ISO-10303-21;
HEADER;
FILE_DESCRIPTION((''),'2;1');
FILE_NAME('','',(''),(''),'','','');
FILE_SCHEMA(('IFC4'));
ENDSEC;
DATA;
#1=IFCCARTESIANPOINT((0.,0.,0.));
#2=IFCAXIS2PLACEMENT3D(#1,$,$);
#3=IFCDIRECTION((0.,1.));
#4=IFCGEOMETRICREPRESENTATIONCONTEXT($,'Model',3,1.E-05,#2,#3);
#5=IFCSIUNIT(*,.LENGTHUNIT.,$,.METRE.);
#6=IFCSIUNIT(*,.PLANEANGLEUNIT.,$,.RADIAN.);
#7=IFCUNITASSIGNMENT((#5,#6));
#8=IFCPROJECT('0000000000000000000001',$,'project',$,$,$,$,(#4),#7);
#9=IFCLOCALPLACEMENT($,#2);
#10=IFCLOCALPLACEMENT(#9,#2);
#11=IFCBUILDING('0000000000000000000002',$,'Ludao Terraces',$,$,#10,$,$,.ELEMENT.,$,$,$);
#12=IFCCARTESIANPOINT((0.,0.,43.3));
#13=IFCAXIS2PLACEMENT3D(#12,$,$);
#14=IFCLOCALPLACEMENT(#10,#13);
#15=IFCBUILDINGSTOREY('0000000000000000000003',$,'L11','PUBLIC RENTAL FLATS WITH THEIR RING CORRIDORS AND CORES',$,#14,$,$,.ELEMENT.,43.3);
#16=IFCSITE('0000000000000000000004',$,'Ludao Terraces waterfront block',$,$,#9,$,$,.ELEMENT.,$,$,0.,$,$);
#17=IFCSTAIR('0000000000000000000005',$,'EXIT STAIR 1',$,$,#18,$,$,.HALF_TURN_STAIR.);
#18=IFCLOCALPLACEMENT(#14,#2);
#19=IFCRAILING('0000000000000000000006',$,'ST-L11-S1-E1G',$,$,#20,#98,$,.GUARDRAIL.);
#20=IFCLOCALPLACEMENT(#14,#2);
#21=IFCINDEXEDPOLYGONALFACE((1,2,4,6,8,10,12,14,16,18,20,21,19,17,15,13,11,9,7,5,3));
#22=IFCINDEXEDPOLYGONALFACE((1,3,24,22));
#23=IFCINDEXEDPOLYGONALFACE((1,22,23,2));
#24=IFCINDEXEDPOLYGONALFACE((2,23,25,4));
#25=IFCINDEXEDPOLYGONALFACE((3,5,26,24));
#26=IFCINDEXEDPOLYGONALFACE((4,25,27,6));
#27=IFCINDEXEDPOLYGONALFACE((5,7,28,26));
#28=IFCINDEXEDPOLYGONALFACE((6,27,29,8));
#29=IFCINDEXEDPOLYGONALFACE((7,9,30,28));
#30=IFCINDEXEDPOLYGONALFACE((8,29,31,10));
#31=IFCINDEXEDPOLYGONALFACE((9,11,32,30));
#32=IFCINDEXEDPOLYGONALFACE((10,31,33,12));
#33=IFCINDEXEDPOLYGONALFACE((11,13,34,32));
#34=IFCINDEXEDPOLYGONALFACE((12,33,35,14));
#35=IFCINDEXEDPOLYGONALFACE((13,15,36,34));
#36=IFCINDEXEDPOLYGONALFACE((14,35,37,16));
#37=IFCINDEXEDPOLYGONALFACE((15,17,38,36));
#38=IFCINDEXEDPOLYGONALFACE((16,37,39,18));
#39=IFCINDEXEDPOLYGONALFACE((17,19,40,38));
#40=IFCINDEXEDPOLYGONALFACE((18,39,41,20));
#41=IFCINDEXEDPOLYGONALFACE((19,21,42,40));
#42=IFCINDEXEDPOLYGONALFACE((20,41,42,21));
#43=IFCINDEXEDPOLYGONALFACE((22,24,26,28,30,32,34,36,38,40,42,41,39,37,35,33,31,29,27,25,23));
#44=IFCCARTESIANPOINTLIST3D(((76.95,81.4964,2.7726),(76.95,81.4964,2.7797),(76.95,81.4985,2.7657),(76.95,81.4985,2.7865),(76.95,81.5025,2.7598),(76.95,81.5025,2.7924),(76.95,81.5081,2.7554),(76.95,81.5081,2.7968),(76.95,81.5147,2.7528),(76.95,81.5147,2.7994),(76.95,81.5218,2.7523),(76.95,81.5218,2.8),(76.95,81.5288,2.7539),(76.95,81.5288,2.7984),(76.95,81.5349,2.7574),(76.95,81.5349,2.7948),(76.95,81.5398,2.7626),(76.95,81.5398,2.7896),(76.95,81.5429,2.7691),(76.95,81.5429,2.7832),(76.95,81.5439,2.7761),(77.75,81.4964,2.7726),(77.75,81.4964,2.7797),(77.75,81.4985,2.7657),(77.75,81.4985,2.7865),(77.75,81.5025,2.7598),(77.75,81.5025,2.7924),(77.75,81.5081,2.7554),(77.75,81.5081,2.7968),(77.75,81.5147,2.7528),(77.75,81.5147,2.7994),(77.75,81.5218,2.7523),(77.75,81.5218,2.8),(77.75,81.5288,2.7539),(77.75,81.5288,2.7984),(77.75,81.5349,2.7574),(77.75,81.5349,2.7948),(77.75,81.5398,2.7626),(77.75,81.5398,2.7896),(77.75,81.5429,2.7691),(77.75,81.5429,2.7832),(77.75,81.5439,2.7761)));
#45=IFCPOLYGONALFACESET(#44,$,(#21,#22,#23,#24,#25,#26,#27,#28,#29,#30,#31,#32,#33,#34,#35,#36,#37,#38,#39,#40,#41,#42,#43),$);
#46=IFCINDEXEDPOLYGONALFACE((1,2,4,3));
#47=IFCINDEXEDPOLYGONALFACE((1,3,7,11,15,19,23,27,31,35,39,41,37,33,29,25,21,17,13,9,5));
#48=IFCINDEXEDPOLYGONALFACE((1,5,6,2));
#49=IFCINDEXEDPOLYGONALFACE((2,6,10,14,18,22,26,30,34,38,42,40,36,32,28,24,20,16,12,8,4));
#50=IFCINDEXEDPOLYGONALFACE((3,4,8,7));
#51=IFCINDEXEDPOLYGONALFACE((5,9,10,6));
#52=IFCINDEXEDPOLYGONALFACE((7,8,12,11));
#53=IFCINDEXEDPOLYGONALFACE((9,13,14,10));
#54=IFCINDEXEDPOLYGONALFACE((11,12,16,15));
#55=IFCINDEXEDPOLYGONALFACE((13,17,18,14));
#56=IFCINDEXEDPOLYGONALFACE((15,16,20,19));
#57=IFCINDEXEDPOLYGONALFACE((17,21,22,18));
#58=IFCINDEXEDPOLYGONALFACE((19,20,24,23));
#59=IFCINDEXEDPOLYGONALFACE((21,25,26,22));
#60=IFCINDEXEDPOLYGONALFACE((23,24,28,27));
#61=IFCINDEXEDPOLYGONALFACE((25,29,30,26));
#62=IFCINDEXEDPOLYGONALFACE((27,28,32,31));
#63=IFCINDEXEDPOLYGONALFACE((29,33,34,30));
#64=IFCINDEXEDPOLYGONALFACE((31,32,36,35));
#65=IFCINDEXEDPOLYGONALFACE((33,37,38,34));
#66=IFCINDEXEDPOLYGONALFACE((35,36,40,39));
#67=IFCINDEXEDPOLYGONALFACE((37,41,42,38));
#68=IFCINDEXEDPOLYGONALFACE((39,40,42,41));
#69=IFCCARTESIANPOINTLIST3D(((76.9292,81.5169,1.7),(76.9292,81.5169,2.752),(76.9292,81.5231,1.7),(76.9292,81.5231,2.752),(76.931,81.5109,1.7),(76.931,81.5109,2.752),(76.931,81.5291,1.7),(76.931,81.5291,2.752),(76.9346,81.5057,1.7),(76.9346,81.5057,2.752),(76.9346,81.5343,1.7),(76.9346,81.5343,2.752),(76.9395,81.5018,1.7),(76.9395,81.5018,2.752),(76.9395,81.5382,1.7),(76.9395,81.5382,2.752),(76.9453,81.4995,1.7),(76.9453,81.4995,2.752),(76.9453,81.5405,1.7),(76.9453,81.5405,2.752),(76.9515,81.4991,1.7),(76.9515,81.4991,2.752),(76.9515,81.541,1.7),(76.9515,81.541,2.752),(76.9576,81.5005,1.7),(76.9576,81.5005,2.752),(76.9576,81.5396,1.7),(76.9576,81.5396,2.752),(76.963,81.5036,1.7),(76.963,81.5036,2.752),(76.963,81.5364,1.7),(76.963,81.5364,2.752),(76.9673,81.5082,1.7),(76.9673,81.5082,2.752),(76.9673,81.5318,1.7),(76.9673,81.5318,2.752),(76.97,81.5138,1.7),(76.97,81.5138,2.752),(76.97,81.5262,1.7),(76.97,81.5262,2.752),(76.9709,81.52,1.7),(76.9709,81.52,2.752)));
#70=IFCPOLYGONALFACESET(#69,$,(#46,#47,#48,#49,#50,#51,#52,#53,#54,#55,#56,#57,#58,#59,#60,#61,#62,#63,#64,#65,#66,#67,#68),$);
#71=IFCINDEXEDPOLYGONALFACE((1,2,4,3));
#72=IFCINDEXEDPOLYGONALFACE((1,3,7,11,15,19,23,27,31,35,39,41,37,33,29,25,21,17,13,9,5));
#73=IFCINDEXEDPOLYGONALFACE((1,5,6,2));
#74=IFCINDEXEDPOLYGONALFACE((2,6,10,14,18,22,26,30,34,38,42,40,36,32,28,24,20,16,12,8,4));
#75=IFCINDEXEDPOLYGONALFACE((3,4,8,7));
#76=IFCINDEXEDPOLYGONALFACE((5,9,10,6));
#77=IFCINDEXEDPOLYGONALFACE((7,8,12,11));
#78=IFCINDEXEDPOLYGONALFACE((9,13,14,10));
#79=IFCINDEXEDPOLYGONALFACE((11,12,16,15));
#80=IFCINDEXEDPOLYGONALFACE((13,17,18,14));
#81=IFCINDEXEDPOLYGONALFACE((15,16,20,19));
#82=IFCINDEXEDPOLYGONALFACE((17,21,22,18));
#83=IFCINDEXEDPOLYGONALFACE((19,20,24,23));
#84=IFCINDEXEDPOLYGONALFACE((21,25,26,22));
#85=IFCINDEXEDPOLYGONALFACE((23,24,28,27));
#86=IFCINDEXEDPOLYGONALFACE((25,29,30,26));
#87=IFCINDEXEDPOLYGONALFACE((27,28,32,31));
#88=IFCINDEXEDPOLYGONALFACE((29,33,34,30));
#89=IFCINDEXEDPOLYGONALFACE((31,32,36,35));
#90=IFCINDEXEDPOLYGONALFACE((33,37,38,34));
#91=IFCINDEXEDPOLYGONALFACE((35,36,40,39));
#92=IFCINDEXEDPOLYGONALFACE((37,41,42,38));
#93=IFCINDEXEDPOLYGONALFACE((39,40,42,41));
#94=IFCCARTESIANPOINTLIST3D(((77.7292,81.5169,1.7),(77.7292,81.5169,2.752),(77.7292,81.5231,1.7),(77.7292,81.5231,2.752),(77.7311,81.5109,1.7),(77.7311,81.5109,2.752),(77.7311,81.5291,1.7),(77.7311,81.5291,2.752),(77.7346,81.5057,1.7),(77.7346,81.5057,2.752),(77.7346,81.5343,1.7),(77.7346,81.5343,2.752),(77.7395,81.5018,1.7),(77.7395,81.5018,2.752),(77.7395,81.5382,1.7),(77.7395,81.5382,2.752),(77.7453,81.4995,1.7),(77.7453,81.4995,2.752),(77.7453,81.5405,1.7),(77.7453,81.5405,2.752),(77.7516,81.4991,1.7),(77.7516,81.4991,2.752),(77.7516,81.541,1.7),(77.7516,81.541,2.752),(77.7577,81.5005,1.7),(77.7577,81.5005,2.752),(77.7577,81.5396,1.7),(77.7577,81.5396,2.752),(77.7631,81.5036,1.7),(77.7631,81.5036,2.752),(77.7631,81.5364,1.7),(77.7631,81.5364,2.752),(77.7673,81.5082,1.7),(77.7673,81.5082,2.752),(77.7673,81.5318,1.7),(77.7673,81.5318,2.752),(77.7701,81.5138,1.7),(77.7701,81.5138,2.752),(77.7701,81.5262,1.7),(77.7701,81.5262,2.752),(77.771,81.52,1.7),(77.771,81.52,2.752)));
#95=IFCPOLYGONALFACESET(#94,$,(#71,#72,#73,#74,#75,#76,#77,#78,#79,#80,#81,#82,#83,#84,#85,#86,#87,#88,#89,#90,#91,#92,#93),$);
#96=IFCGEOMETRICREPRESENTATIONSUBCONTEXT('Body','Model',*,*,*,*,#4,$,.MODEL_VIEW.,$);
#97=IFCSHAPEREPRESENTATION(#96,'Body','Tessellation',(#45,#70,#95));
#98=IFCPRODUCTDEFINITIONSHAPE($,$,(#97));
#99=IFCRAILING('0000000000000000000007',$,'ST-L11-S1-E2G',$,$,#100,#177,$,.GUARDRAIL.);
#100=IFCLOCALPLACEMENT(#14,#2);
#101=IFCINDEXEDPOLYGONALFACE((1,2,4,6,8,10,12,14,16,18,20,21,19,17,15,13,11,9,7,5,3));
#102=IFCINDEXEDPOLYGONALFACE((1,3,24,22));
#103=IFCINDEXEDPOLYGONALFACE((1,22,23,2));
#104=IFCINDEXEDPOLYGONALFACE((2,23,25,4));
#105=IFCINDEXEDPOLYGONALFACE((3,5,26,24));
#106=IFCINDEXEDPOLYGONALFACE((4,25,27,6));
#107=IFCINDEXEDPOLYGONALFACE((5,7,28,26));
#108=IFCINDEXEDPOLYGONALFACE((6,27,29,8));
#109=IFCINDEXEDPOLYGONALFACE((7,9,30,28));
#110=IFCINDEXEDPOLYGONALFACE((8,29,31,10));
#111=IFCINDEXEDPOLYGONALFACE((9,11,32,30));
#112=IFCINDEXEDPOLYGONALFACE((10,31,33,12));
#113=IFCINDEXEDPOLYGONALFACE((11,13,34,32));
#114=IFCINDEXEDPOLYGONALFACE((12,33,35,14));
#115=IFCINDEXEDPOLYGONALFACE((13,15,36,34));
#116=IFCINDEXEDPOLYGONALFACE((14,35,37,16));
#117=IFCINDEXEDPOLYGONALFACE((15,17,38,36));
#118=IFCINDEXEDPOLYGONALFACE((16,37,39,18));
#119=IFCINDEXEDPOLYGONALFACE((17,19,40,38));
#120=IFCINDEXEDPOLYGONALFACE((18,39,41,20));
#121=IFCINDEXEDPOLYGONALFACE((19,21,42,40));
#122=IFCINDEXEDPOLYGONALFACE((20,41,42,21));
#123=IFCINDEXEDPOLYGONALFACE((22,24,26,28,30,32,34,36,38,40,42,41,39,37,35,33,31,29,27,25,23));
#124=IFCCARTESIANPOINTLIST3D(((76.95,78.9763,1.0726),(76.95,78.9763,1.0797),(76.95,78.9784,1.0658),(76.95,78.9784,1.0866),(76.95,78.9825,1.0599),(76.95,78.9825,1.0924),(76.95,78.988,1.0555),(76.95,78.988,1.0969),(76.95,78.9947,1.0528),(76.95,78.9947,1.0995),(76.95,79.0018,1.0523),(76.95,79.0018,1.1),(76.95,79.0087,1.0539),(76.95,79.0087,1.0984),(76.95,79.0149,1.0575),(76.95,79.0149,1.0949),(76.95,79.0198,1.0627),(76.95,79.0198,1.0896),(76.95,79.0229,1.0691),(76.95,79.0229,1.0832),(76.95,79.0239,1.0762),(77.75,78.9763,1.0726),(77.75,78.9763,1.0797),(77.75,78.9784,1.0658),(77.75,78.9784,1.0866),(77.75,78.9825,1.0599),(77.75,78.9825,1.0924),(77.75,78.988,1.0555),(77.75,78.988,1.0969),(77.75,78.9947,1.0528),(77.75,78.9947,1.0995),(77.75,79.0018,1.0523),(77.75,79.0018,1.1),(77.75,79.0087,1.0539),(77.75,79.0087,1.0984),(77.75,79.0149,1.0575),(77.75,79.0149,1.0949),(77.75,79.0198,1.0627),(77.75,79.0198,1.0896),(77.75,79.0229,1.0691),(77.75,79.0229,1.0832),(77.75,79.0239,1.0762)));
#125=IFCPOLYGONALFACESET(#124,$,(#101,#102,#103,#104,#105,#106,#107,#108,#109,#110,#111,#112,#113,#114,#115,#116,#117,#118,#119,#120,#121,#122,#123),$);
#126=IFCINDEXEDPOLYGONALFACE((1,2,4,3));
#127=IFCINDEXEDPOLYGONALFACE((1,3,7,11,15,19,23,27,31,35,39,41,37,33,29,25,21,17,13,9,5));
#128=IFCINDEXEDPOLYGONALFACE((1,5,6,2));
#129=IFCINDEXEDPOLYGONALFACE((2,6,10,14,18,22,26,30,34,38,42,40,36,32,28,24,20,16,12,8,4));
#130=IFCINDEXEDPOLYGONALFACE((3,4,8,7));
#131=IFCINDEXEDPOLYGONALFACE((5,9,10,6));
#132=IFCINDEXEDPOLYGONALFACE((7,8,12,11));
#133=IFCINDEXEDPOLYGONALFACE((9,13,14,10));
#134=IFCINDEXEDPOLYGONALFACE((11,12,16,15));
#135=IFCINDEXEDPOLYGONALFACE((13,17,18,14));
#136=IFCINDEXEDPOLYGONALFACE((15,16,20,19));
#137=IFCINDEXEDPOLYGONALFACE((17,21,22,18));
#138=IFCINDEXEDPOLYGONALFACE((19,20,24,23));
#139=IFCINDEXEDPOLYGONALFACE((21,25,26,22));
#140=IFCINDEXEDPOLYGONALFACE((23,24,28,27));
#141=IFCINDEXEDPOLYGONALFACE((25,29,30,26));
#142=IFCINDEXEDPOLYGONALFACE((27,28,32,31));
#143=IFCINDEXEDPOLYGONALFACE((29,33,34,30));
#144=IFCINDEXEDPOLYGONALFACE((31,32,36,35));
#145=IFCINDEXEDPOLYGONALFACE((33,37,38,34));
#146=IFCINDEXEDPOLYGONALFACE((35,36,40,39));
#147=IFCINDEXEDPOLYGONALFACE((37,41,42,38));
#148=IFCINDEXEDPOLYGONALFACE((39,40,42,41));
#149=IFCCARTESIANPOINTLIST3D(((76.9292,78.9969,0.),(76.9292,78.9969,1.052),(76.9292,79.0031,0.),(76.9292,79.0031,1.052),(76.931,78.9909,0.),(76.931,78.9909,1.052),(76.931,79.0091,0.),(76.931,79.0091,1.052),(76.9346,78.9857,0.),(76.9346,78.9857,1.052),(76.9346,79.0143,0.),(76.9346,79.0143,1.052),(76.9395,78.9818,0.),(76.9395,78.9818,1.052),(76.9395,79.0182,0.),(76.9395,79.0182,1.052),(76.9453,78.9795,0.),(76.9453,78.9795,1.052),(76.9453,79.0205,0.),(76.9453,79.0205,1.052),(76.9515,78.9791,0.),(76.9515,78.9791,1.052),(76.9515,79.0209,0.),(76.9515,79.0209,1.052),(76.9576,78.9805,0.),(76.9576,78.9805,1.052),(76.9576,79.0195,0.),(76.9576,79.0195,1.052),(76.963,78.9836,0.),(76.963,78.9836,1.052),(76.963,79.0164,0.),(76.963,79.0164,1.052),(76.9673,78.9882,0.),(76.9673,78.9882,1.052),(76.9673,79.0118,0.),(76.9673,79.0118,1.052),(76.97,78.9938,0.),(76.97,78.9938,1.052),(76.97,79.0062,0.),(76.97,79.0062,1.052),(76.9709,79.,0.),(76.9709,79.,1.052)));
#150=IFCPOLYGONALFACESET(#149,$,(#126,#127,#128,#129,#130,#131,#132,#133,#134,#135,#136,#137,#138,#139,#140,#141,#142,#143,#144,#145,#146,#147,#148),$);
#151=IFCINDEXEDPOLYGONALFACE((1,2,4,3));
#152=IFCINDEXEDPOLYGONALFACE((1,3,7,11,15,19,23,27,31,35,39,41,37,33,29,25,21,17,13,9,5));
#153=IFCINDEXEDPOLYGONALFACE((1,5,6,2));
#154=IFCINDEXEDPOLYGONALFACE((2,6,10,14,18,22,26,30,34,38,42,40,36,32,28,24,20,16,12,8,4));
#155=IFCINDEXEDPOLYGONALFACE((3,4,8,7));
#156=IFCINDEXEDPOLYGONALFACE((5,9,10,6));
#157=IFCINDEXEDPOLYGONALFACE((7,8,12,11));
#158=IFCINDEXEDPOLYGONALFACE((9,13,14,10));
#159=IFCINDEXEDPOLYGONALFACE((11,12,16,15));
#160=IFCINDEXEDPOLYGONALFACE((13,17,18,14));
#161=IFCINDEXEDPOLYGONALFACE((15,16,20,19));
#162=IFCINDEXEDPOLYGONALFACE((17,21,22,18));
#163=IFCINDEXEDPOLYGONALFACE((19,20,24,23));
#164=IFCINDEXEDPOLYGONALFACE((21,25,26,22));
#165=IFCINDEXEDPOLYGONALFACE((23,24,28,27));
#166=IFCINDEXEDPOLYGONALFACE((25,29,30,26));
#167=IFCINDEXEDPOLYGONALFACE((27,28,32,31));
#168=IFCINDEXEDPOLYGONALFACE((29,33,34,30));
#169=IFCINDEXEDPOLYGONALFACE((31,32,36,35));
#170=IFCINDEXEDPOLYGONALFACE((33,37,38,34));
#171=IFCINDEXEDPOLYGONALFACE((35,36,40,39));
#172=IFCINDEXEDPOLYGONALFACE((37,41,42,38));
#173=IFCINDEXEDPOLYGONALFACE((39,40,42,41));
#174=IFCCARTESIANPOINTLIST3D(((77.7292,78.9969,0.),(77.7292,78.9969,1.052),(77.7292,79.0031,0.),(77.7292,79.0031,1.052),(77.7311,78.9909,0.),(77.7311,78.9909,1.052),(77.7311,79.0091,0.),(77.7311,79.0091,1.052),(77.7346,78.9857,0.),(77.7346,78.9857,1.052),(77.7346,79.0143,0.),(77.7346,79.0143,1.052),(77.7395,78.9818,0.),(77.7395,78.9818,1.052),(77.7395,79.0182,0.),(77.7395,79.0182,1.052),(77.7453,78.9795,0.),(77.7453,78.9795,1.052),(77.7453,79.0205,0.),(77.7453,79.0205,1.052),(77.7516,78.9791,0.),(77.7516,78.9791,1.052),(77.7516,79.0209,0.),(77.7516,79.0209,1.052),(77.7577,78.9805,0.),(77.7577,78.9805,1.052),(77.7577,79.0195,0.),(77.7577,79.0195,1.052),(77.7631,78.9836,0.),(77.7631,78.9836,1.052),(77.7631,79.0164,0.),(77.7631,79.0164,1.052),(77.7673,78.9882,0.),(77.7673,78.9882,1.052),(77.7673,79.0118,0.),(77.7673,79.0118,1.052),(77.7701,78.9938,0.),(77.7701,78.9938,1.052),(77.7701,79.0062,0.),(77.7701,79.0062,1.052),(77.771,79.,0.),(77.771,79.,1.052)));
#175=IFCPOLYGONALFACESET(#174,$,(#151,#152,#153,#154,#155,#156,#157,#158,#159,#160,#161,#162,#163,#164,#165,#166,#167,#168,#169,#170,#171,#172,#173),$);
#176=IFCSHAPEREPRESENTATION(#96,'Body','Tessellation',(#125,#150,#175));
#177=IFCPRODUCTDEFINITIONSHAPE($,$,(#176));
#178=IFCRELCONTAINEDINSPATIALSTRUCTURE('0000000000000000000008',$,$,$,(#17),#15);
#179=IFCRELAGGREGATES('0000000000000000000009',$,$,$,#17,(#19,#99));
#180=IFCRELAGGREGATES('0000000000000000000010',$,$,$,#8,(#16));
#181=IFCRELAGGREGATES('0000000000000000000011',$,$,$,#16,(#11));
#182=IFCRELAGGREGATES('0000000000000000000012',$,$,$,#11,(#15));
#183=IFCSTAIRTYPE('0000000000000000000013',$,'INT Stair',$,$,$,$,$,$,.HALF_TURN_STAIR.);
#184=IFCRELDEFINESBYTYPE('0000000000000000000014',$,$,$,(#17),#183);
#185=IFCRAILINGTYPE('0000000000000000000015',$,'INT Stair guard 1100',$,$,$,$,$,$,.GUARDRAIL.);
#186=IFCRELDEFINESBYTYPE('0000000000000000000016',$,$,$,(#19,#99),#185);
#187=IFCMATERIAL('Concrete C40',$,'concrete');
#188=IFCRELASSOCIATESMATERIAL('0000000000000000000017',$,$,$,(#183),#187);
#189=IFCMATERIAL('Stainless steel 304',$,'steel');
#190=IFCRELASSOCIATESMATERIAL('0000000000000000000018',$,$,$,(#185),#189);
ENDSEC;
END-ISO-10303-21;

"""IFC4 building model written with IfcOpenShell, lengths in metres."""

from ifc_helpers import new_model, si_unit, direction, frame, origin, origin_2d, place, context, subcontext, project, spatial, circle, extrude, material, type_object, element, aggregate, save


model = new_model("IFC4")

# Units and contexts
model_context = context("Model", 3, precision=1e-05, world=origin(), true_north=direction((0.0, 1.0)))
body_context = subcontext(model_context, "Body", "Model", "MODEL_VIEW")
ifc_project = project(units=[si_unit("LENGTHUNIT", "METRE"), si_unit("PLANEANGLEUNIT", "RADIAN")], contexts=[model_context])

# Site, building, storey
site_placement = place(None, origin())
site = spatial("IfcSite", under=ifc_project, at=site_placement, Name="Ludao Terraces waterfront block", CompositionType="ELEMENT", RefElevation=0.0)
building_placement = place(site_placement, origin())
building = spatial("IfcBuilding", under=site, at=building_placement, Name="Ludao Terraces", CompositionType="ELEMENT")
storey_placement = place(building_placement, frame((0.0, 0.0, 43.3)))
storey = spatial("IfcBuildingStorey", under=building, at=storey_placement, Name="L11", Description="PUBLIC RENTAL FLATS WITH THEIR RING CORRIDORS AND CORES", CompositionType="ELEMENT", Elevation=43.3)

# Shared definitions
ifc_material_1 = material(Name="Concrete C40", Category="concrete")

# Shared definitions
ifc_material_2 = material(Name="Stainless steel 304", Category="steel")

# Stair, railings
stair_type = type_object("IfcStairType", Name="INT Stair", PredefinedType="HALF_TURN_STAIR", material=ifc_material_1)
stair_placement = place(storey_placement, origin())
stair = element("IfcStair", 1, at=stair_placement, inside=storey, type_object=stair_type, Name="EXIT STAIR 1", PredefinedType="HALF_TURN_STAIR")
railing_type_1 = type_object("IfcRailingType", Name="INT Stair guard 1100", PredefinedType="GUARDRAIL", material=ifc_material_2)
railing_1_placement = place(storey_placement, frame((76.95, 81.52, 1.7)))
railing_1 = element("IfcRailing", 2, at=railing_1_placement, type_object=railing_type_1, Name="ST-L11-S1-E1G", PredefinedType="GUARDRAIL", context=body_context, shape_type="SweptSolid", body=[
    extrude(circle(Radius=0.0239, at=origin_2d()), frame((0.0, 0.0, 1.0762), z_axis=(1.0, 0.0, 0.0), x_axis=(0.0, 1.0, 0.0)), (0.0, 0.0, 1.0), 0.8),
    extrude(circle(Radius=0.021, at=origin_2d()), origin(), (0.0, 0.0, 1.0), 1.052),
    extrude(circle(Radius=0.021, at=origin_2d()), frame((0.8, 0.0, 0.0)), (0.0, 0.0, 1.0), 1.052),
])
railing_2_placement = place(storey_placement, frame((76.95, 79.0, 0.0)))
railing_2 = element("IfcRailing", 3, at=railing_2_placement, type_object=railing_type_1, Name="ST-L11-S1-E2G", PredefinedType="GUARDRAIL", context=body_context, shape_type="SweptSolid", body=[
    extrude(circle(Radius=0.0239, at=origin_2d()), frame((0.0, 0.0, 1.0762), z_axis=(1.0, 0.0, 0.0), x_axis=(0.0, 1.0, 0.0)), (0.0, 0.0, 1.0), 0.8),
    extrude(circle(Radius=0.021, at=origin_2d()), origin(), (0.0, 0.0, 1.0), 1.052),
    extrude(circle(Radius=0.021, at=origin_2d()), frame((0.8, 0.0, 0.0)), (0.0, 0.0, 1.0), 1.052),
])
aggregate(stair, [railing_1, railing_2])

save(model, "model.ifc")
